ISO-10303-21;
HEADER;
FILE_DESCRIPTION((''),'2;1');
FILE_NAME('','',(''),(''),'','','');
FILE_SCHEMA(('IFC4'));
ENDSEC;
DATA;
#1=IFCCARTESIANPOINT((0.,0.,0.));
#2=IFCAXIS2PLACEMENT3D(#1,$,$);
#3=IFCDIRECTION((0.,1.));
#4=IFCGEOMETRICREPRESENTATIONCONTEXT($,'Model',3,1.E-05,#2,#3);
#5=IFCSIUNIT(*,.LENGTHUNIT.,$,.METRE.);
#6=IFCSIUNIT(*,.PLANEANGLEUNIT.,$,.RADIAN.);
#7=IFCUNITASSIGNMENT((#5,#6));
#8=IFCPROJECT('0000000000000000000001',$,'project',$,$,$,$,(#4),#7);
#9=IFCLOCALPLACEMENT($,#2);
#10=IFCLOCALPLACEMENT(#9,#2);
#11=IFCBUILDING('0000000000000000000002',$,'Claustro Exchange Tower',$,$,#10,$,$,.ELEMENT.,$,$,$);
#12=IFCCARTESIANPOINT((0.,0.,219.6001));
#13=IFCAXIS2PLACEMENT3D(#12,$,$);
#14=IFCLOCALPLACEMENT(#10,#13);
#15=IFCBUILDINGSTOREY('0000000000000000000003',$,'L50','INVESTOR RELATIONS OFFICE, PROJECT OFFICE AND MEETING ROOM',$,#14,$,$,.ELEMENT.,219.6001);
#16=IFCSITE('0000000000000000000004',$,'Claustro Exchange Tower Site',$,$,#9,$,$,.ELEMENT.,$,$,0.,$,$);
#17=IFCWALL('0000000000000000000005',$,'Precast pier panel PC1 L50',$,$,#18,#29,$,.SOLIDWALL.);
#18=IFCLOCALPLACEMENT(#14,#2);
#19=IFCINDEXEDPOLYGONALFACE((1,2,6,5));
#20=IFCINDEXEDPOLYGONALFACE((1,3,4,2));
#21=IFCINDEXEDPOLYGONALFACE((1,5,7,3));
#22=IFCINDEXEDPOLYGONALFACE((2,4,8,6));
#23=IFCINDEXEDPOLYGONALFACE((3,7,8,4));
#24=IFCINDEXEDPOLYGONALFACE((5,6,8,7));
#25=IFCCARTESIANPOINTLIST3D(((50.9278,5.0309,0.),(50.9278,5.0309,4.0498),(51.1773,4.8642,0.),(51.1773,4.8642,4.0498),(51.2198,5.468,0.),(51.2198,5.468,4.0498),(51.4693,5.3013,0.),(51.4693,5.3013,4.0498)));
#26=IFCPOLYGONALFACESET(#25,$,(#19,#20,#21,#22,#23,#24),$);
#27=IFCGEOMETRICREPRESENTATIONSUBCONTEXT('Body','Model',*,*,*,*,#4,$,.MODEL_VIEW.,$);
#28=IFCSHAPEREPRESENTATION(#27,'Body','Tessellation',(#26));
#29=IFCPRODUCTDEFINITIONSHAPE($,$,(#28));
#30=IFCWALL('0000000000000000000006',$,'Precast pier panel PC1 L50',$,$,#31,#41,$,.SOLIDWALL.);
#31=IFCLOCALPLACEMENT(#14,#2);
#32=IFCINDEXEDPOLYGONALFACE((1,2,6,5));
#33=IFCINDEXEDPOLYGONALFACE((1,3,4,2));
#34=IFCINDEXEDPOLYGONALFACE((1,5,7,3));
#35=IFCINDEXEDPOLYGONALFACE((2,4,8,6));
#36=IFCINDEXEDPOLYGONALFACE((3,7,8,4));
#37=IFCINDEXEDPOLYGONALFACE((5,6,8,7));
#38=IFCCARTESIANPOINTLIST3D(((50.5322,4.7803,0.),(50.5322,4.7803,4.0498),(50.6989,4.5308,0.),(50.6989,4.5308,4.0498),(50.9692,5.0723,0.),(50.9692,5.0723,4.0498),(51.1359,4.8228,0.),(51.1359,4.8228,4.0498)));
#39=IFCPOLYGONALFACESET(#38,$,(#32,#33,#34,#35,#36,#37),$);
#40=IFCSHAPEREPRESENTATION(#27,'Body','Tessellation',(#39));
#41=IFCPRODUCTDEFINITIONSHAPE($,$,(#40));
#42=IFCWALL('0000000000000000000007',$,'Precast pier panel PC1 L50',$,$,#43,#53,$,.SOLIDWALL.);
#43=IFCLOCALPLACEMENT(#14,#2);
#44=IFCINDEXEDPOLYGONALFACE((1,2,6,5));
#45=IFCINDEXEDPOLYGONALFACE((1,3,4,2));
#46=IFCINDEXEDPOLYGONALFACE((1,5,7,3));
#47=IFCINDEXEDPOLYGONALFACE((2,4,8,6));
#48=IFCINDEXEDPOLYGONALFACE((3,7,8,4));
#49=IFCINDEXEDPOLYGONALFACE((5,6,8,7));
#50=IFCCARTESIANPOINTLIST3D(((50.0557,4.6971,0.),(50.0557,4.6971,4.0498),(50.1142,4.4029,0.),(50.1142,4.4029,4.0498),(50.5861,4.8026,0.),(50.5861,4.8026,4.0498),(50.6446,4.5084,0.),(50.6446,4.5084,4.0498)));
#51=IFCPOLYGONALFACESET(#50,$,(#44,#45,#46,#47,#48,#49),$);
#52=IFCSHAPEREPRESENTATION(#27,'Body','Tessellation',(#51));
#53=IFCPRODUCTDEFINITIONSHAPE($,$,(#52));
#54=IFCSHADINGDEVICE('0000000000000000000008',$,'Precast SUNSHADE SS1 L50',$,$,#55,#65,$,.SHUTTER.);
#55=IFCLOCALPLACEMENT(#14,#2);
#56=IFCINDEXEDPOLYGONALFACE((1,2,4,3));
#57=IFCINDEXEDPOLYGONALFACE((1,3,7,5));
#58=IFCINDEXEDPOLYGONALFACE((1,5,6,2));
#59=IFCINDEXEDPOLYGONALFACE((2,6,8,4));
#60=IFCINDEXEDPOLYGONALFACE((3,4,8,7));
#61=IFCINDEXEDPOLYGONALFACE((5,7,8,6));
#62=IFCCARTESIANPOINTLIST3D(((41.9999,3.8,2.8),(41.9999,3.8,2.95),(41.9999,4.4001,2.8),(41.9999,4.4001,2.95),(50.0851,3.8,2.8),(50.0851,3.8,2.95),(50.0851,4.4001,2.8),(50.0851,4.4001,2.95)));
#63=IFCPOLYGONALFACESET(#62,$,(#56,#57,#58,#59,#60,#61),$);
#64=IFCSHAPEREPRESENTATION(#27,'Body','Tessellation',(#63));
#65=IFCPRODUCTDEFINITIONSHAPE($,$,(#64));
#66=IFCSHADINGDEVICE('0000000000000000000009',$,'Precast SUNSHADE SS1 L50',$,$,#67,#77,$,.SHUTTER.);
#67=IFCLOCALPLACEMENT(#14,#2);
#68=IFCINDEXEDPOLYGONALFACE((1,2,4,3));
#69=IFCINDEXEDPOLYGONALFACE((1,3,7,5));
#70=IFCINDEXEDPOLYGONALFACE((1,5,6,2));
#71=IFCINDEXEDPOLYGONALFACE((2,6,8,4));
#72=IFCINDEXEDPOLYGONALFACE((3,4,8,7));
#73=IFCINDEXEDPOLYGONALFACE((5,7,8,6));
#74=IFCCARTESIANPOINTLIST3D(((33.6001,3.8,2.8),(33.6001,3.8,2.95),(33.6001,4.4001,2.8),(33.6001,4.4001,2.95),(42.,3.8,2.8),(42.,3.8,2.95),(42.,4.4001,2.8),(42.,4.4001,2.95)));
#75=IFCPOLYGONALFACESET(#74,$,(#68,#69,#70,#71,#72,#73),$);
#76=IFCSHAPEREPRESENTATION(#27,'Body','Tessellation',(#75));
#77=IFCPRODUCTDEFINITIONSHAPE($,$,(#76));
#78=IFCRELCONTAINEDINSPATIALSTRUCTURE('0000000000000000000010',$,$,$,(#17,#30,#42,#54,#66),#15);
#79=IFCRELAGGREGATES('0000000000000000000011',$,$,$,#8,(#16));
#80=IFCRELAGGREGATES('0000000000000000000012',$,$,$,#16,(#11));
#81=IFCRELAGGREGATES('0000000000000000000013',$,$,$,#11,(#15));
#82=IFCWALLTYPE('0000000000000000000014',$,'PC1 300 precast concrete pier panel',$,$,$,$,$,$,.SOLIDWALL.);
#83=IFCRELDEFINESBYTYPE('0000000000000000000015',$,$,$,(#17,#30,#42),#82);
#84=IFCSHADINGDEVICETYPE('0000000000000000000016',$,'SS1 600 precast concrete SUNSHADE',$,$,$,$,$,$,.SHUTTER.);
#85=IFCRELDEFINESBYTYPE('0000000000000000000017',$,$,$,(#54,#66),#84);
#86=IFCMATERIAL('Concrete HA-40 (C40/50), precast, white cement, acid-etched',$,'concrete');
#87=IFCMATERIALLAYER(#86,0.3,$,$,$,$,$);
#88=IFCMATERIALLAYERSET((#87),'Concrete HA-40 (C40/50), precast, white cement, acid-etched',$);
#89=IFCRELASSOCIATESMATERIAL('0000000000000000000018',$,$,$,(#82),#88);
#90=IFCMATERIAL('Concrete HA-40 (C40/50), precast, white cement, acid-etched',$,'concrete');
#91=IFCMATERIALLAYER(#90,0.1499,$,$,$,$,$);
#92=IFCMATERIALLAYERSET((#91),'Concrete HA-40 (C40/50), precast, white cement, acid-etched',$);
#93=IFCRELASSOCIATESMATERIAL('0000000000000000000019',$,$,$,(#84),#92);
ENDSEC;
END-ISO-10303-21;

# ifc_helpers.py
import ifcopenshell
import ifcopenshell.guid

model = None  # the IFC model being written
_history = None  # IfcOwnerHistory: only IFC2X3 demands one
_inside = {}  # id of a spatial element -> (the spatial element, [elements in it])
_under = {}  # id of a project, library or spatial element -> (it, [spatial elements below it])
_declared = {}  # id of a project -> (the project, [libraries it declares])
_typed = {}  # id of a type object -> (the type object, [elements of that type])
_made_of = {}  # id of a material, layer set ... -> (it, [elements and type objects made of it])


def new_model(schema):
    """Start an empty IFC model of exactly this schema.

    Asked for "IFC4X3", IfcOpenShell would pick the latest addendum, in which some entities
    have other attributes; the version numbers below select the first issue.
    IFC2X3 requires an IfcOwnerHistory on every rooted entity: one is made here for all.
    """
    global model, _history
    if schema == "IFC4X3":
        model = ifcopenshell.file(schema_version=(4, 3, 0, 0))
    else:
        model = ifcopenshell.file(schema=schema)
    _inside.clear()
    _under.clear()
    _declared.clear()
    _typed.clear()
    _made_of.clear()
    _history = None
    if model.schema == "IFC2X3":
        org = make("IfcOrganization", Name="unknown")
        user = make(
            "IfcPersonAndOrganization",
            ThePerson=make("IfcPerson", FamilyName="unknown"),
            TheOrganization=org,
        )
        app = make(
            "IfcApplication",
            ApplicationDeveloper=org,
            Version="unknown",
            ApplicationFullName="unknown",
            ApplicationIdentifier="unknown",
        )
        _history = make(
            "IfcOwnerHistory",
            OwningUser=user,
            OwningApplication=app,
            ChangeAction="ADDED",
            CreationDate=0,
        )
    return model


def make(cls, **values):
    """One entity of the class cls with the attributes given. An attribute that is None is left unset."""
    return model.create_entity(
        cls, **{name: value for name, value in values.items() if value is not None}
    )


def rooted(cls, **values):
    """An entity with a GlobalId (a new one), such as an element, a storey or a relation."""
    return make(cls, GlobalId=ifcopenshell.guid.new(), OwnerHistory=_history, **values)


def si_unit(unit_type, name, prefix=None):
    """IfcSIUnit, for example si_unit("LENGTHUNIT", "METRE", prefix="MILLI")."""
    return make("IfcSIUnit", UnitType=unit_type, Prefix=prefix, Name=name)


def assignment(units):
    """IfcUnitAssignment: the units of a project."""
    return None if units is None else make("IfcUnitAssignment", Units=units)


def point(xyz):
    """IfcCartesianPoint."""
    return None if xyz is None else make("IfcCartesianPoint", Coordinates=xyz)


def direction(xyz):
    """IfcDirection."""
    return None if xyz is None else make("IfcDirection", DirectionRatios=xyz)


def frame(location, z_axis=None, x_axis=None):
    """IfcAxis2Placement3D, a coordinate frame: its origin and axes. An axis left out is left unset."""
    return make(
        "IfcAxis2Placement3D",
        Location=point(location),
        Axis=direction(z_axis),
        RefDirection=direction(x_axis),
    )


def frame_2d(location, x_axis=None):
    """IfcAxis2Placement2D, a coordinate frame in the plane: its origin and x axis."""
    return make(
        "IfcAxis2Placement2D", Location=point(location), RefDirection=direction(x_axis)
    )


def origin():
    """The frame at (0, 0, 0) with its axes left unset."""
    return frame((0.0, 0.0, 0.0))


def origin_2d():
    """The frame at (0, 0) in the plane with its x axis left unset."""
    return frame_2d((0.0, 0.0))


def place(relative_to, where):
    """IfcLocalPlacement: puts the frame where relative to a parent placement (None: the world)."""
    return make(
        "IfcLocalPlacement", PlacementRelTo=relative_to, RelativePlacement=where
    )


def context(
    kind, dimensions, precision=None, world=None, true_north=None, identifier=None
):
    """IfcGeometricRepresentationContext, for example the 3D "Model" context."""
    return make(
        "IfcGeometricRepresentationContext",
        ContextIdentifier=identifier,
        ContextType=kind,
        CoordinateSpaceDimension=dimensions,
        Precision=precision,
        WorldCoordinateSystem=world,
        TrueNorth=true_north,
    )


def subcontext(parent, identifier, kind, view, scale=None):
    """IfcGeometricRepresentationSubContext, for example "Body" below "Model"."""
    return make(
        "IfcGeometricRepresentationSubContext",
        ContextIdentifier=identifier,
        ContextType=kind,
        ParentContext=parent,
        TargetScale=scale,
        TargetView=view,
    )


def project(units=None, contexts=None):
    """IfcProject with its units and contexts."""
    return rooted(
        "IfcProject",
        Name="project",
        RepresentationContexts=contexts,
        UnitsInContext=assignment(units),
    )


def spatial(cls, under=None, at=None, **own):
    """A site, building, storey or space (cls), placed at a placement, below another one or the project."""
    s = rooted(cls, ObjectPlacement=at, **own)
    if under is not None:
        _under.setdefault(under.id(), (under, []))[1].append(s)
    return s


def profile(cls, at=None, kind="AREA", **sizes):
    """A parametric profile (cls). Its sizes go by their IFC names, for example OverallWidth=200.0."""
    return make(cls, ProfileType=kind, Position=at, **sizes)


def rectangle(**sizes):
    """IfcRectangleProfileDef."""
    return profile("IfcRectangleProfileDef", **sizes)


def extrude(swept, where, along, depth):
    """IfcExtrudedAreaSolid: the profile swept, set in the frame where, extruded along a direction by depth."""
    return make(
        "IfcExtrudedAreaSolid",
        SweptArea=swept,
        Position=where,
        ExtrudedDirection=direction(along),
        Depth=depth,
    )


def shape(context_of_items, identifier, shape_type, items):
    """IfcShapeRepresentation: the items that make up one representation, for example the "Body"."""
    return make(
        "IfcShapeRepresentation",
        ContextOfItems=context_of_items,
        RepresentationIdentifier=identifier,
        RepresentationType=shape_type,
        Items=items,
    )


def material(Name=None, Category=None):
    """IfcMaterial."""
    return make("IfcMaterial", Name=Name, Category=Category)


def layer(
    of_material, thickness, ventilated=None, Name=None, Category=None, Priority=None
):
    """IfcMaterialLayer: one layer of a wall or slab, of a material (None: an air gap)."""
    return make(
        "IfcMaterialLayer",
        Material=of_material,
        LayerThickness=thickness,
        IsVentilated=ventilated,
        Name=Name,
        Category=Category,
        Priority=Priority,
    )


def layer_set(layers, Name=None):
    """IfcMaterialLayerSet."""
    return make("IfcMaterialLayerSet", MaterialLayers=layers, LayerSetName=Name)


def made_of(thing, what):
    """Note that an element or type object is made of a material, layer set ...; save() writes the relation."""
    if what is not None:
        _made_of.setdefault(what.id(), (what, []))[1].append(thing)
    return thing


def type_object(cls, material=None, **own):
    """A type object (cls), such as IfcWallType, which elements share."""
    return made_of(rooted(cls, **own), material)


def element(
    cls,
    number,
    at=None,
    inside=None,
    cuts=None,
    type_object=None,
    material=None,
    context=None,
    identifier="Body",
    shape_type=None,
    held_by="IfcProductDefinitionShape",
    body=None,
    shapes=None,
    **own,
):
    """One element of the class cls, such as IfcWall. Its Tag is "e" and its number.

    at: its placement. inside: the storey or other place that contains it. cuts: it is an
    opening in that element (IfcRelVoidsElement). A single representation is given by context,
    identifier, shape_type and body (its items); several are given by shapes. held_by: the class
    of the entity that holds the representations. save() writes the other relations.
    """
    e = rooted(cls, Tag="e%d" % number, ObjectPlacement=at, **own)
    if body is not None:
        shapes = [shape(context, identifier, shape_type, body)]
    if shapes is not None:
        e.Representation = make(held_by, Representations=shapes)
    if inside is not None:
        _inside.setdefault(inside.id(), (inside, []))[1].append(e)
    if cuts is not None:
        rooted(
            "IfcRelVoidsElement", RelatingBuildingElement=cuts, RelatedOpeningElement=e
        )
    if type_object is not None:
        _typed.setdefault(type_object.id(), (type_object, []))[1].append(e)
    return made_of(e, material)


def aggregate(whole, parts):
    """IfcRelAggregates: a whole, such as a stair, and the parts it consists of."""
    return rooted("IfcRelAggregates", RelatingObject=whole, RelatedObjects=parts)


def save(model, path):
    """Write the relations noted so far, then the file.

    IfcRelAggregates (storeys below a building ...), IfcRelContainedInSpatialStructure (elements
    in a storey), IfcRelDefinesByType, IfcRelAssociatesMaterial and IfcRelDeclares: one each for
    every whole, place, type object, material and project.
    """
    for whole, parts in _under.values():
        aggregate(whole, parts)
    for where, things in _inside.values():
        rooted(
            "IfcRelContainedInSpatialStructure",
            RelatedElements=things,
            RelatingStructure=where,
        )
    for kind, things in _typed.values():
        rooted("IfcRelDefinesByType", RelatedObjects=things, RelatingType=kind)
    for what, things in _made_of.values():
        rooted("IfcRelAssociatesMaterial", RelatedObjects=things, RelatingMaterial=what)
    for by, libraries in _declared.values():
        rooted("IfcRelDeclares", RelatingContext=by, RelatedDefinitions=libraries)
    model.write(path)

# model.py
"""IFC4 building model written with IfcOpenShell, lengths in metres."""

from ifc_helpers import new_model, si_unit, direction, frame, frame_2d, origin, origin_2d, place, context, subcontext, project, spatial, rectangle, extrude, material, layer, layer_set, type_object, element, save


model = new_model("IFC4")

# Units and contexts
model_context = context("Model", 3, precision=1e-05, world=origin(), true_north=direction((0.0, 1.0)))
body_context = subcontext(model_context, "Body", "Model", "MODEL_VIEW")
ifc_project = project(units=[si_unit("LENGTHUNIT", "METRE"), si_unit("PLANEANGLEUNIT", "RADIAN")], contexts=[model_context])

# Site, building, storey
site_placement = place(None, origin())
site = spatial("IfcSite", under=ifc_project, at=site_placement, Name="Claustro Exchange Tower Site", CompositionType="ELEMENT", RefElevation=0.0)
building_placement = place(site_placement, origin())
building = spatial("IfcBuilding", under=site, at=building_placement, Name="Claustro Exchange Tower", CompositionType="ELEMENT")
storey_placement = place(building_placement, frame((0.0, 0.0, 219.6001)))
storey = spatial("IfcBuildingStorey", under=building, at=storey_placement, Name="L50", Description="INVESTOR RELATIONS OFFICE, PROJECT OFFICE AND MEETING ROOM", CompositionType="ELEMENT", Elevation=219.6001)

# Shared definitions
ifc_material_1 = material(Name="Concrete HA-40 (C40/50), precast, white cement, acid-etched", Category="concrete")
ifc_layer_1 = layer(ifc_material_1, 0.3)
ifc_layer_set_1 = layer_set([ifc_layer_1], Name="Concrete HA-40 (C40/50), precast, white cement, acid-etched")
wall_type_1 = type_object("IfcWallType", Name="PC1 300 precast concrete pier panel", PredefinedType="SOLIDWALL", material=ifc_layer_set_1)

# Walls
for number, where, z_axis, x_axis, name in (
    (1, (51.3445, 5.3845, 0.0), (0.0, 0.0, 1.0), (-0.555557, -0.831478, 0.0), "Precast pier panel PC1 L50"),
    (2, (51.0525, 4.9475, 0.0), (0.0, 0.0, 1.0), (-0.831478, -0.555557, 0.0), "Precast pier panel PC1 L50"),
):
    element("IfcWall", number, at=place(storey_placement, frame(where, z_axis=z_axis, x_axis=x_axis)), inside=storey, type_object=wall_type_1, Name=name, PredefinedType="SOLIDWALL", context=body_context, shape_type="SweptSolid", body=[
        extrude(rectangle(XDim=0.5256, YDim=0.3, at=frame_2d((0.2627, 0.0))), origin(), (0.0, 0.0, 1.0), 4.0498),
    ])
wall_1_placement = place(storey_placement, frame((50.6155, 4.6555, 0.0), z_axis=(0.0, 0.0, 1.0), x_axis=(-0.980789, -0.195074, 0.0)))
element("IfcWall", 3, at=wall_1_placement, inside=storey, type_object=wall_type_1, Name="Precast pier panel PC1 L50", PredefinedType="SOLIDWALL", context=body_context, shape_type="SweptSolid", body=[
    extrude(rectangle(XDim=0.5408, YDim=0.3, at=frame_2d((0.2705, 0.0))), origin(), (0.0, 0.0, 1.0), 4.0498),
])

# Shading devices
ifc_material_2 = material(Name="Concrete HA-40 (C40/50), precast, white cement, acid-etched", Category="concrete")
ifc_layer_2 = layer(ifc_material_2, 0.1499)
ifc_layer_set_2 = layer_set([ifc_layer_2], Name="Concrete HA-40 (C40/50), precast, white cement, acid-etched")
shading_device_type = type_object("IfcShadingDeviceType", Name="SS1 600 precast concrete SUNSHADE", PredefinedType="SHUTTER", material=ifc_layer_set_2)
shading_device_1_placement = place(storey_placement, frame((46.0425, 4.1001, 2.8), z_axis=(0.0, 0.0, 1.0), x_axis=(-1.0, 0.0, 0.0)))
element("IfcShadingDevice", 4, at=shading_device_1_placement, inside=storey, type_object=shading_device_type, Name="Precast SUNSHADE SS1 L50", PredefinedType="SHUTTER", context=body_context, shape_type="SweptSolid", body=[
    extrude(rectangle(XDim=8.0852, YDim=0.6001, at=origin_2d()), origin(), (0.0, 0.0, 1.0), 0.1499),
])
shading_device_2_placement = place(storey_placement, frame((37.8, 4.1001, 2.8), z_axis=(0.0, 0.0, 1.0), x_axis=(-1.0, 0.0, 0.0)))
element("IfcShadingDevice", 5, at=shading_device_2_placement, inside=storey, type_object=shading_device_type, Name="Precast SUNSHADE SS1 L50", PredefinedType="SHUTTER", context=body_context, shape_type="SweptSolid", body=[
    extrude(rectangle(XDim=8.3999, YDim=0.6001, at=origin_2d()), origin(), (0.0, 0.0, 1.0), 0.1499),
])

save(model, "model.ifc")
